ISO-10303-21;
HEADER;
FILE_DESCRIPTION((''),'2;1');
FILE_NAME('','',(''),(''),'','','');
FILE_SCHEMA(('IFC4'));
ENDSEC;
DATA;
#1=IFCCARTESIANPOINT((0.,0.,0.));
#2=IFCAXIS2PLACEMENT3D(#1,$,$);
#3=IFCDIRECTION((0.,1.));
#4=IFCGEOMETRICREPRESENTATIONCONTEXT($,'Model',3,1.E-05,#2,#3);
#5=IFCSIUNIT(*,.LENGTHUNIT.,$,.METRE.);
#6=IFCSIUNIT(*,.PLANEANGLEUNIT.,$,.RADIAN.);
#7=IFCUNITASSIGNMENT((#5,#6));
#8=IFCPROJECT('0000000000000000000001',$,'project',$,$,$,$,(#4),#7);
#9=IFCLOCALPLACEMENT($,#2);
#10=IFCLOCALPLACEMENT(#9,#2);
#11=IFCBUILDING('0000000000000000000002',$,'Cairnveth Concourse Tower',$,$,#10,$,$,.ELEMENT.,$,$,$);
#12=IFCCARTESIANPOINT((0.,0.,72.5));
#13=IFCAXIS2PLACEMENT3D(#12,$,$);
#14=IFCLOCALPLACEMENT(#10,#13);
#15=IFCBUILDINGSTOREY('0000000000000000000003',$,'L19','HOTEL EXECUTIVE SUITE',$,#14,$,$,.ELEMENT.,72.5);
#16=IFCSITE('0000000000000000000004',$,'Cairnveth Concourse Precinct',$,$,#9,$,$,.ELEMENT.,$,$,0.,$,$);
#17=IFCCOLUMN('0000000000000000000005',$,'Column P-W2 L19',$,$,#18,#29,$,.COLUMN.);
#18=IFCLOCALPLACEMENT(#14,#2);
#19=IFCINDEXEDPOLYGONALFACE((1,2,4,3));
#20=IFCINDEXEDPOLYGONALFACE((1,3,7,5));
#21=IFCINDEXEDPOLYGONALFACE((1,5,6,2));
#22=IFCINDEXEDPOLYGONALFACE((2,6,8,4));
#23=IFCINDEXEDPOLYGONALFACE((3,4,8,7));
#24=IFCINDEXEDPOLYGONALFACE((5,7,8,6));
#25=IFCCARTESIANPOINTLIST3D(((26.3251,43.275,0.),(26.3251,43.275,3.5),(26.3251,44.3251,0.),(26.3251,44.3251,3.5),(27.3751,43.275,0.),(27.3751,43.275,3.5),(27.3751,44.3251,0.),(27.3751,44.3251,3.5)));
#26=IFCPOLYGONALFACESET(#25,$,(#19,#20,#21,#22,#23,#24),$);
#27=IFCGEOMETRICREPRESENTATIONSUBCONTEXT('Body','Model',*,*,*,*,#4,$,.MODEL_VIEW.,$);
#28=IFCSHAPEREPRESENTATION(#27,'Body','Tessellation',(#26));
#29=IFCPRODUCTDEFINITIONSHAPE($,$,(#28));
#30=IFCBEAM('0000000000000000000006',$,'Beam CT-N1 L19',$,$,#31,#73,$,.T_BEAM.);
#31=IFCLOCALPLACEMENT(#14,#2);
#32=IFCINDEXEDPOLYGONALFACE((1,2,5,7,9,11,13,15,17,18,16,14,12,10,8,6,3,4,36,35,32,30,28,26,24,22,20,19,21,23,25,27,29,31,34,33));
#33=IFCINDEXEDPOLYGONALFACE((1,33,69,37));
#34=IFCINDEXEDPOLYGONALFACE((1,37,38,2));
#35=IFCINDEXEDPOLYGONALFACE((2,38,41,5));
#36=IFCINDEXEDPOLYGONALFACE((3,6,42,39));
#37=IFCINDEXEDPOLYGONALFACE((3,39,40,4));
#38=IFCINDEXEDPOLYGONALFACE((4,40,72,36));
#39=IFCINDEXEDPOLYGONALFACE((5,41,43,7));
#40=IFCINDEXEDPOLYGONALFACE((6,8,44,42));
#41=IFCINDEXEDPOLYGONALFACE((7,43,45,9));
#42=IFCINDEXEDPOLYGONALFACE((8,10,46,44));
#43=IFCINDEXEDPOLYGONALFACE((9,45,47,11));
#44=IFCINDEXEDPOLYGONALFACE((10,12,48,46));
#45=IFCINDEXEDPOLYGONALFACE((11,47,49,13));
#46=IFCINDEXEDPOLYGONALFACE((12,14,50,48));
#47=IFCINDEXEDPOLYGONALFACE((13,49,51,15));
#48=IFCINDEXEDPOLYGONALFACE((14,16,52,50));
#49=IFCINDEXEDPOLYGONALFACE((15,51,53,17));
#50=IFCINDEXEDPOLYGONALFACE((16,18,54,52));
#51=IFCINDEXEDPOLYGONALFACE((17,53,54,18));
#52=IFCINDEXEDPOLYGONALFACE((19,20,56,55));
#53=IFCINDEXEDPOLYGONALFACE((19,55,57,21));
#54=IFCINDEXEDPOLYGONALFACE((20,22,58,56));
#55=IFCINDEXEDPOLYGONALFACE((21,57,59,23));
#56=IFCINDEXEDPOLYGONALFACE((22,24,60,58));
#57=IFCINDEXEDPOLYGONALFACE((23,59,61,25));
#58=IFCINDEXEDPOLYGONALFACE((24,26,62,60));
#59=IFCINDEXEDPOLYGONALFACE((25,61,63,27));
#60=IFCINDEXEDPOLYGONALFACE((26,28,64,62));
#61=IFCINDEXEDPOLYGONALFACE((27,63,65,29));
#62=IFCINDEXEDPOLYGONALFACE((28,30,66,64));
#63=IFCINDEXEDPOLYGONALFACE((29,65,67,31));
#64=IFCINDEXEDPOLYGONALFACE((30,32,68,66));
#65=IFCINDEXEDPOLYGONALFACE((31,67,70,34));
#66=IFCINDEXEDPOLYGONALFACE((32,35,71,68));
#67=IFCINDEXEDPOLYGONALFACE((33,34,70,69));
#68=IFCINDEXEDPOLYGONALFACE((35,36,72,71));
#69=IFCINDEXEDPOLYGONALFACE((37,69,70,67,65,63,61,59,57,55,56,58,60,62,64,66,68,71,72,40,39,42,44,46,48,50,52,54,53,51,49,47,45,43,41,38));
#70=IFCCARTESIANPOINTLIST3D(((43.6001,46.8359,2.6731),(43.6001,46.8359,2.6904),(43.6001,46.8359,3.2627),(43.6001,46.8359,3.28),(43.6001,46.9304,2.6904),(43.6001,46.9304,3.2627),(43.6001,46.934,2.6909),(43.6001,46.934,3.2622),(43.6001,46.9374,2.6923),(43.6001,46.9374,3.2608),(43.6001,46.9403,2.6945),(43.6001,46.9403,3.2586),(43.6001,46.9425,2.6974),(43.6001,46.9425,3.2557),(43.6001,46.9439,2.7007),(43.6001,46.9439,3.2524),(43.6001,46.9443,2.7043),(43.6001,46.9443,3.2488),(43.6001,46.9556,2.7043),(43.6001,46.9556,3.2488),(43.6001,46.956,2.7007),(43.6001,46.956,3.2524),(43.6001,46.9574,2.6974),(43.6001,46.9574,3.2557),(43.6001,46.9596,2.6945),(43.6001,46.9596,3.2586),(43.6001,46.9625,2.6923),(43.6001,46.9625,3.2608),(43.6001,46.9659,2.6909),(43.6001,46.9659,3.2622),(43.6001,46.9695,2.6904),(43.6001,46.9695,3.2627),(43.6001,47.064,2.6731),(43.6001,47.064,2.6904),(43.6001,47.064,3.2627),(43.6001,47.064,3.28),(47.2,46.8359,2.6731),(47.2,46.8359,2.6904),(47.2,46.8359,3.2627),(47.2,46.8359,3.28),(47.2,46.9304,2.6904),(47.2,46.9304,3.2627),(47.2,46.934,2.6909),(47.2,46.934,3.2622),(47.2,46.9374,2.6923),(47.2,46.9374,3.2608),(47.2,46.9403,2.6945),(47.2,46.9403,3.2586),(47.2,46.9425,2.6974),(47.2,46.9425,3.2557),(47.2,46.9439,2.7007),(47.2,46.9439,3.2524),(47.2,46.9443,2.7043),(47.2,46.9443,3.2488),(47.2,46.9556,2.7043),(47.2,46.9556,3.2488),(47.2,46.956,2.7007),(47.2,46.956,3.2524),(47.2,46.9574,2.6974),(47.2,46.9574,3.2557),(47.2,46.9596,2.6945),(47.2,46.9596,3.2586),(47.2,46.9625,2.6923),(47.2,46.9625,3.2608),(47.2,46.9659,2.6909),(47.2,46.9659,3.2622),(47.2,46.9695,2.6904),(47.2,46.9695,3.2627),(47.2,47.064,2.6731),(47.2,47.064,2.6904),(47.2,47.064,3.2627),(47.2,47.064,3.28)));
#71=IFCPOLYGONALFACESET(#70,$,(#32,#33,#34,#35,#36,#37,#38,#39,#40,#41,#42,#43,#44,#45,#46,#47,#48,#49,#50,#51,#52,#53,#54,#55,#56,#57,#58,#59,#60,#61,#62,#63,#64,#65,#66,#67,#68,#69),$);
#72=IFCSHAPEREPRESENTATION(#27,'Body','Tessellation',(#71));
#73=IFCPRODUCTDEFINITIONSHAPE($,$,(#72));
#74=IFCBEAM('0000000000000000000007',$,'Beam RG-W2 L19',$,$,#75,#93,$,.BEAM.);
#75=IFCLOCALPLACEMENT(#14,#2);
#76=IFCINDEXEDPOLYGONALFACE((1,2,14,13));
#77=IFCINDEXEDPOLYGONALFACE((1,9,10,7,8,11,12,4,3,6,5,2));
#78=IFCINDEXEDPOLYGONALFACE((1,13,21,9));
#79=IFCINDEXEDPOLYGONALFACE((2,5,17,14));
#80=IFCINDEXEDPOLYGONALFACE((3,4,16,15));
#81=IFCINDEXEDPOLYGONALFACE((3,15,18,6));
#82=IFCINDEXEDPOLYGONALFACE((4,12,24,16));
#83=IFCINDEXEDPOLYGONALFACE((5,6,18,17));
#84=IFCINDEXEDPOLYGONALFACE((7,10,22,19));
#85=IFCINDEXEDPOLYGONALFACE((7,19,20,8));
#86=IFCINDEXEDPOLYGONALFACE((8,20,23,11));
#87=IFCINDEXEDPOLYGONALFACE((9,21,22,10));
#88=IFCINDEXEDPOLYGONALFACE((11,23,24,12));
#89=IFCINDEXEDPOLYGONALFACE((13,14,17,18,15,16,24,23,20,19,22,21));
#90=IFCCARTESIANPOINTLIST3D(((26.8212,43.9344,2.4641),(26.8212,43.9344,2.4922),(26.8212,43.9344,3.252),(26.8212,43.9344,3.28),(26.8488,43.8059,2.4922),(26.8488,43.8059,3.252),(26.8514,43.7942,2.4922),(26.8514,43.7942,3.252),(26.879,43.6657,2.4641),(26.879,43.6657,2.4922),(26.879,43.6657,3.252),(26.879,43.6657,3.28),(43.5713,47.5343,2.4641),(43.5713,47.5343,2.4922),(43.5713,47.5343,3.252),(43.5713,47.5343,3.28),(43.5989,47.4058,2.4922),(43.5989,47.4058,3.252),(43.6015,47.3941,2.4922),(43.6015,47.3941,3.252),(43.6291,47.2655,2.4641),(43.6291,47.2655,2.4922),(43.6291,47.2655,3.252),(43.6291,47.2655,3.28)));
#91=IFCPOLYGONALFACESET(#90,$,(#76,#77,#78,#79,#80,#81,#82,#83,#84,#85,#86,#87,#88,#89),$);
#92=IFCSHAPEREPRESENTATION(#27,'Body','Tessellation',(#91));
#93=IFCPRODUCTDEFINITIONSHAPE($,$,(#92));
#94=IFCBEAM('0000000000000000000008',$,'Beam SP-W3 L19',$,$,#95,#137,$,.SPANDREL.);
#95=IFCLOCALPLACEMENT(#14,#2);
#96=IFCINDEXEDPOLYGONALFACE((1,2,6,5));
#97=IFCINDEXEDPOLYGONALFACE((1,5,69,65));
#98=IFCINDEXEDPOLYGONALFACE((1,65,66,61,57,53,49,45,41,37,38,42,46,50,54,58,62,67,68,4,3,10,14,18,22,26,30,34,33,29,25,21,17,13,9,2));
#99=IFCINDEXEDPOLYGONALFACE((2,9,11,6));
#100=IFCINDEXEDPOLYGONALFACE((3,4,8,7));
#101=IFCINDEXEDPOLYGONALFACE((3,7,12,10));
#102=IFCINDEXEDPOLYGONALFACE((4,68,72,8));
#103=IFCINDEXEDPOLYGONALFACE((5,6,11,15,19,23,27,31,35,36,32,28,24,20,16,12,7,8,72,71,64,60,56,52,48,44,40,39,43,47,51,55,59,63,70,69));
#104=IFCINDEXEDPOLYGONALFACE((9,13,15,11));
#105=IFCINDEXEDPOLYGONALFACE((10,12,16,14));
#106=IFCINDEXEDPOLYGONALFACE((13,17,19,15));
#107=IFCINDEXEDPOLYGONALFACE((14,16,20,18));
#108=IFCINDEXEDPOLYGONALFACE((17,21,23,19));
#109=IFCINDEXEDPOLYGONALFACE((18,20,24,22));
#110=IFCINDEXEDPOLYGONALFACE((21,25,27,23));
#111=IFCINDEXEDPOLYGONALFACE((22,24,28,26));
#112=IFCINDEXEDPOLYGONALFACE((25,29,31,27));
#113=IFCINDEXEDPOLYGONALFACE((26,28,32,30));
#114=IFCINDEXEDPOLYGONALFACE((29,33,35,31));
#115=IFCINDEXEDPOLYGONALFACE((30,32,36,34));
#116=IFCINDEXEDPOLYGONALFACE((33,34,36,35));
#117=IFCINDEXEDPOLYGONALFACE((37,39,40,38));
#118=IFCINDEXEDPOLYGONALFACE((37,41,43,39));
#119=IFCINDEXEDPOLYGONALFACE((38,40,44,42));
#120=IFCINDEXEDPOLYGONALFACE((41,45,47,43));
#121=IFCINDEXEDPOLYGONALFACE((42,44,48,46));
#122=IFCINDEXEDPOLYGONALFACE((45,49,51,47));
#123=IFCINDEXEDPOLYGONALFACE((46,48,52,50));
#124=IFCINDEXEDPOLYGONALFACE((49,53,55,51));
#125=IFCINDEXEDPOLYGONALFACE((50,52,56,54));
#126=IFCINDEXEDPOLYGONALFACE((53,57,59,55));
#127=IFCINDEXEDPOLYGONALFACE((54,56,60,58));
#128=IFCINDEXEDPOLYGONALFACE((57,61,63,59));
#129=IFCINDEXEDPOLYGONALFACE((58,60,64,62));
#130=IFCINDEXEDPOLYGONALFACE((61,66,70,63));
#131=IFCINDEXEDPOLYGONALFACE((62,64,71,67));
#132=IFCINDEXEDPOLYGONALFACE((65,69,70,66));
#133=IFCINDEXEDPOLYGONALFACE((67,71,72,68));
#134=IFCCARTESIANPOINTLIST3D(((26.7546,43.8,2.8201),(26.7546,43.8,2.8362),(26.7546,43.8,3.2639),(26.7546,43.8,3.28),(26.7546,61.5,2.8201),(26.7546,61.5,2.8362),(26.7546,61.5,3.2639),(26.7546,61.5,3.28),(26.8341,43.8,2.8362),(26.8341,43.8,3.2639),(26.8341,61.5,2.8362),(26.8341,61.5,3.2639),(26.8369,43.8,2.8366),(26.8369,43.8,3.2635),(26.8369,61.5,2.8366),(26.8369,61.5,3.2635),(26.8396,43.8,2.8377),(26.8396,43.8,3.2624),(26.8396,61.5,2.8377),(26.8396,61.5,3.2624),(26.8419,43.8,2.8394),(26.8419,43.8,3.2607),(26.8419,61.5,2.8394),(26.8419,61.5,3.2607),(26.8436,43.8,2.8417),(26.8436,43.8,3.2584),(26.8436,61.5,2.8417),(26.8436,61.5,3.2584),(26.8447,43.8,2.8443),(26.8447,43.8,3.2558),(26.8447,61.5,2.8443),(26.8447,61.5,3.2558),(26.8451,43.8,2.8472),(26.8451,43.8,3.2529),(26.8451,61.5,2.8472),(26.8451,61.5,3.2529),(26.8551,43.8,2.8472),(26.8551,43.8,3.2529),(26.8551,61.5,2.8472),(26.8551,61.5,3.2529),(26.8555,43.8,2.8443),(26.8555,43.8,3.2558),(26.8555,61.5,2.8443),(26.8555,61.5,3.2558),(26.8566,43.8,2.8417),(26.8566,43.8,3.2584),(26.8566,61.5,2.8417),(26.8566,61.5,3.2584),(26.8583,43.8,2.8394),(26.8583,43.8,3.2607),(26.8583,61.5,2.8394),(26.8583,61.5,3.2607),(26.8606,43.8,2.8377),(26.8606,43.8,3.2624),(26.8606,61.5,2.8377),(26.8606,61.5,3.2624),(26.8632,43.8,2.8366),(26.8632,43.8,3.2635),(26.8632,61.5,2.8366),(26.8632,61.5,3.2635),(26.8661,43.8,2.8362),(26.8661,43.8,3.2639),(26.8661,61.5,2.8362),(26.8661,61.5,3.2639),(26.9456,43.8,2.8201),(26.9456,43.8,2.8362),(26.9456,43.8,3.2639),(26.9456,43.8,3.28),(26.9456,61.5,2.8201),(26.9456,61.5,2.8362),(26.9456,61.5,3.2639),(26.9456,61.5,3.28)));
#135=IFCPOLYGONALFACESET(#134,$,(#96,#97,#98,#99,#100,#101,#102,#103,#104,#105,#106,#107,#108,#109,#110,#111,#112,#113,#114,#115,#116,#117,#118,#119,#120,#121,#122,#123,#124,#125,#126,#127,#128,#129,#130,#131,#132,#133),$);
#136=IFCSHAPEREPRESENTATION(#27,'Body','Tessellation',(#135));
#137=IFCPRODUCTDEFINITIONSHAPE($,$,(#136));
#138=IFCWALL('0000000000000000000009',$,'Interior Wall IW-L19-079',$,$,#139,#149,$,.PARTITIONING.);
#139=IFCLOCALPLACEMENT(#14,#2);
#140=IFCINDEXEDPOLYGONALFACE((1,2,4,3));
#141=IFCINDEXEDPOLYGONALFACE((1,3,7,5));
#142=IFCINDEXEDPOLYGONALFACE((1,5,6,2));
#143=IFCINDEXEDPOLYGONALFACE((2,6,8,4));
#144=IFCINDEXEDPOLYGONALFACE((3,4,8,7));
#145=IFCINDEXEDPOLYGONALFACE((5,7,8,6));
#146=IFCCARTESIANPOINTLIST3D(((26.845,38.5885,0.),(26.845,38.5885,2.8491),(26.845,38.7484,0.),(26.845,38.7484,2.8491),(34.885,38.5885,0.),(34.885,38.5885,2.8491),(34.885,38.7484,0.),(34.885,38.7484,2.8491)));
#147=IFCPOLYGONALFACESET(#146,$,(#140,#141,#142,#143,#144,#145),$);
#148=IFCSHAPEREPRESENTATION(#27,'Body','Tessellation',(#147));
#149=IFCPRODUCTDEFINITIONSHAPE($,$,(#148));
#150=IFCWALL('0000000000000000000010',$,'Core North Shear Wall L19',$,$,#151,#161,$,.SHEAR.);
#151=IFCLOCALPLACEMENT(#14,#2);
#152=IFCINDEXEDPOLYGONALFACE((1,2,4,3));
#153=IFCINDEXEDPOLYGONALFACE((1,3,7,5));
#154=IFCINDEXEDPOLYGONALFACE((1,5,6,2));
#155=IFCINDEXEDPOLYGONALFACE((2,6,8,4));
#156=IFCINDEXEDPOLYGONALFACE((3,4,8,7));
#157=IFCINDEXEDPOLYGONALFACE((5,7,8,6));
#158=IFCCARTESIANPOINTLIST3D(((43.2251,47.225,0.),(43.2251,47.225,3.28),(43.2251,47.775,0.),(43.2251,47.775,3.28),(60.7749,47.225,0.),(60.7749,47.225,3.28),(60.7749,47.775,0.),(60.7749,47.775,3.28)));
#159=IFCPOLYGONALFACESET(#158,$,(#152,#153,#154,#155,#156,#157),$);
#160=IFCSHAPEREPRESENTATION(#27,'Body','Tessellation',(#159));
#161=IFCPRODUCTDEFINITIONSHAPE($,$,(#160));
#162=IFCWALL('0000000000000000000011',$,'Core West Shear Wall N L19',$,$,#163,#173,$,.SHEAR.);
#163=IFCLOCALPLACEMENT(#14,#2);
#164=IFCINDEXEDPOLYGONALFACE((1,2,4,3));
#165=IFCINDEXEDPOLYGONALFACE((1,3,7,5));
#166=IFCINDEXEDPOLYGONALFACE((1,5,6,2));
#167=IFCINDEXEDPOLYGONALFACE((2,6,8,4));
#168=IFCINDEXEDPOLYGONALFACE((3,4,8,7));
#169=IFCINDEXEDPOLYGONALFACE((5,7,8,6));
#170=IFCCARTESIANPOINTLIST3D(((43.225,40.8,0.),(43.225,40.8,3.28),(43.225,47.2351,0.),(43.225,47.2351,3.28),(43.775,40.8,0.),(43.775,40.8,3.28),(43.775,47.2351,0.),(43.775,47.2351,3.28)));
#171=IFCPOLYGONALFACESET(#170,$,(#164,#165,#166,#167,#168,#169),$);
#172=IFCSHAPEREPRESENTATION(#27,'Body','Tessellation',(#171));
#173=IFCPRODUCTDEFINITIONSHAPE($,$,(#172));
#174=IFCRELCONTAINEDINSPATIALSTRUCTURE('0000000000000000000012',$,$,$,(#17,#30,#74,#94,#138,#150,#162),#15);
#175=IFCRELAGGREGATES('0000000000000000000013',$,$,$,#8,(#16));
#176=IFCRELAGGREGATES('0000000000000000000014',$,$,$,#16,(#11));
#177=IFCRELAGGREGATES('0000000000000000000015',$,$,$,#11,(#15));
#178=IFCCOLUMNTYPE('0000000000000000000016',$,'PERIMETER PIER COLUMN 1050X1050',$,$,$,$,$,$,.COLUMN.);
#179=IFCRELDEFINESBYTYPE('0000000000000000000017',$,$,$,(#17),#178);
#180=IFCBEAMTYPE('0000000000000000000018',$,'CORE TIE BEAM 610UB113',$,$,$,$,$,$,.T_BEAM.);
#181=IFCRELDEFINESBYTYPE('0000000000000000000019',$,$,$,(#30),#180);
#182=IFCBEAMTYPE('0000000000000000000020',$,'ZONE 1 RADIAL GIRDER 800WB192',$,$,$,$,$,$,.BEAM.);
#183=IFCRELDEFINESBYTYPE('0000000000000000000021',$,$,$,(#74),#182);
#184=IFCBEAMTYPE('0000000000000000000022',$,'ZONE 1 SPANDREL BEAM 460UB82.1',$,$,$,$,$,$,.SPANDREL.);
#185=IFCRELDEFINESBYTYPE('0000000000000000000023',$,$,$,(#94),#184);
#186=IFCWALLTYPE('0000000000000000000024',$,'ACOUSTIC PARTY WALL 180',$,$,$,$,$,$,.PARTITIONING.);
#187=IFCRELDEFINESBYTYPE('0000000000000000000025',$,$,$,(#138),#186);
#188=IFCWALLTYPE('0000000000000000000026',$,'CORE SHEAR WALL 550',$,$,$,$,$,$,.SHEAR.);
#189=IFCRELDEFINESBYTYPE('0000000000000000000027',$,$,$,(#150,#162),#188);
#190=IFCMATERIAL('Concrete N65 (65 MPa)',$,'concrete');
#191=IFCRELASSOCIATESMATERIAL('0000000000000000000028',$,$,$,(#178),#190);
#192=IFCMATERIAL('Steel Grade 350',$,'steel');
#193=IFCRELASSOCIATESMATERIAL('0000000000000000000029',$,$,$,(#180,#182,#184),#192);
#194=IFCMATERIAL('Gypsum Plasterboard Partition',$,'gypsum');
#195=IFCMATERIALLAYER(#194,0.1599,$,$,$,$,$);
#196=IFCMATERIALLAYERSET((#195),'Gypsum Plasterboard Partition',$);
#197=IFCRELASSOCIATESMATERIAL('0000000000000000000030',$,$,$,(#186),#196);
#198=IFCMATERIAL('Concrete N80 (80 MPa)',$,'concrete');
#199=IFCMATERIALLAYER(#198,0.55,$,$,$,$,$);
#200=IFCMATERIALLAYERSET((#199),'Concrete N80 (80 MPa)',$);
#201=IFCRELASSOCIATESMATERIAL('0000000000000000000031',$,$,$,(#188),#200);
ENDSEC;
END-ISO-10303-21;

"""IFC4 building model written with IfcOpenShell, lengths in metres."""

from ifc_helpers import new_model, si_unit, direction, frame, frame_2d, origin, origin_2d, place, context, subcontext, project, spatial, rectangle, i_section, extrude, material, layer, layer_set, material_profile, profile_set, type_object, element, save


model = new_model("IFC4")

# Units and contexts
model_context = context("Model", 3, precision=1e-05, world=origin(), true_north=direction((0.0, 1.0)))
body_context = subcontext(model_context, "Body", "Model", "MODEL_VIEW")
ifc_project = project(units=[si_unit("LENGTHUNIT", "METRE"), si_unit("PLANEANGLEUNIT", "RADIAN")], contexts=[model_context])

# Site, building, storey
site_placement = place(None, origin())
site = spatial("IfcSite", under=ifc_project, at=site_placement, Name="Cairnveth Concourse Precinct", CompositionType="ELEMENT", RefElevation=0.0)
building_placement = place(site_placement, origin())
building = spatial("IfcBuilding", under=site, at=building_placement, Name="Cairnveth Concourse Tower", CompositionType="ELEMENT")
storey_placement = place(building_placement, frame((0.0, 0.0, 72.5)))
storey = spatial("IfcBuildingStorey", under=building, at=storey_placement, Name="L19", Description="HOTEL EXECUTIVE SUITE", CompositionType="ELEMENT", Elevation=72.5)

# Column
ifc_material_1 = material(Name="Concrete N65 (65 MPa)", Category="concrete")
ifc_material_profile_1 = material_profile(ifc_material_1, rectangle(XDim=1.05, YDim=1.05, at=origin_2d()), Name="RC-COL-1050x1050")
ifc_profile_set_1 = profile_set([ifc_material_profile_1], Name="Concrete N65 (65 MPa)")
column_type = type_object("IfcColumnType", Name="PERIMETER PIER COLUMN 1050X1050", PredefinedType="COLUMN", material=ifc_profile_set_1)
column_placement = place(storey_placement, frame((26.8501, 43.8, 0.0), z_axis=(0.0, 0.0, 1.0), x_axis=(0.0, 1.0, 0.0)))
element("IfcColumn", 1, at=column_placement, inside=storey, type_object=column_type, Name="Column P-W2 L19", PredefinedType="COLUMN", context=body_context, shape_type="SweptSolid", body=[
    extrude(rectangle(XDim=1.05, YDim=1.05, at=origin_2d()), origin(), (0.0, 0.0, 1.0), 3.5),
])

# Beams
ifc_material_2 = material(Name="Steel Grade 350", Category="steel")
ifc_material_profile_2 = material_profile(ifc_material_2, i_section(OverallWidth=0.228, OverallDepth=0.6069, WebThickness=0.0112, FlangeThickness=0.0173, FilletRadius=0.0139, at=origin_2d()), Name="610UB113")
ifc_profile_set_2 = profile_set([ifc_material_profile_2], Name="Steel Grade 350")
beam_type_1 = type_object("IfcBeamType", Name="CORE TIE BEAM 610UB113", PredefinedType="T_BEAM", material=ifc_profile_set_2)
beam_1_placement = place(storey_placement, frame((43.6001, 46.95, 2.9766), z_axis=(1.0, 0.0, 0.0), x_axis=(0.0, 1.0, 0.0)))
element("IfcBeam", 2, at=beam_1_placement, inside=storey, type_object=beam_type_1, Name="Beam CT-N1 L19", PredefinedType="T_BEAM", context=body_context, shape_type="SweptSolid", body=[
    extrude(i_section(OverallWidth=0.228, OverallDepth=0.6069, WebThickness=0.0112, FlangeThickness=0.0173, FilletRadius=0.0139, at=origin_2d()), origin(), (0.0, 0.0, 1.0), 3.5999),
])
ifc_material_profile_3 = material_profile(ifc_material_2, i_section(OverallWidth=0.2749, OverallDepth=0.8159, WebThickness=0.012, FlangeThickness=0.0281, at=origin_2d()), Name="800WB192")
ifc_profile_set_3 = profile_set([ifc_material_profile_3], Name="Steel Grade 350")
beam_type_2 = type_object("IfcBeamType", Name="ZONE 1 RADIAL GIRDER 800WB192", PredefinedType="BEAM", material=ifc_profile_set_3)
beam_2_placement = place(storey_placement, frame((26.8501, 43.8, 2.8721), z_axis=(0.977676, 0.210119, 0.0), x_axis=(-0.210119, 0.977676, 0.0)))
element("IfcBeam", 3, at=beam_2_placement, inside=storey, type_object=beam_type_2, Name="Beam RG-W2 L19", PredefinedType="BEAM", context=body_context, shape_type="SweptSolid", body=[
    extrude(i_section(OverallWidth=0.2749, OverallDepth=0.8159, WebThickness=0.012, FlangeThickness=0.0281, at=origin_2d()), origin(), (0.0, 0.0, 1.0), 17.1326),
])
ifc_material_profile_4 = material_profile(ifc_material_2, i_section(OverallWidth=0.1909, OverallDepth=0.46, WebThickness=0.01, FlangeThickness=0.0161, FilletRadius=0.011, at=origin_2d()), Name="460UB82.1")
ifc_profile_set_4 = profile_set([ifc_material_profile_4], Name="Steel Grade 350")
beam_type_3 = type_object("IfcBeamType", Name="ZONE 1 SPANDREL BEAM 460UB82.1", PredefinedType="SPANDREL", material=ifc_profile_set_4)
beam_3_placement = place(storey_placement, frame((26.8501, 43.8, 3.05), z_axis=(0.0, 1.0, 0.0), x_axis=(-1.0, 0.0, 0.0)))
element("IfcBeam", 4, at=beam_3_placement, inside=storey, type_object=beam_type_3, Name="Beam SP-W3 L19", PredefinedType="SPANDREL", context=body_context, shape_type="SweptSolid", body=[
    extrude(i_section(OverallWidth=0.1909, OverallDepth=0.46, WebThickness=0.01, FlangeThickness=0.0161, FilletRadius=0.011, at=origin_2d()), origin(), (0.0, 0.0, 1.0), 17.7),
])

# Walls
ifc_material_3 = material(Name="Gypsum Plasterboard Partition", Category="gypsum")
ifc_layer_1 = layer(ifc_material_3, 0.1599)
ifc_layer_set_1 = layer_set([ifc_layer_1], Name="Gypsum Plasterboard Partition")
wall_type_1 = type_object("IfcWallType", Name="ACOUSTIC PARTY WALL 180", PredefinedType="PARTITIONING", material=ifc_layer_set_1)
wall_1_placement = place(storey_placement, frame((26.845, 38.6685, 0.0), z_axis=(0.0, 0.0, 1.0), x_axis=(1.0, 0.0, 0.0)))
element("IfcWall", 5, at=wall_1_placement, inside=storey, type_object=wall_type_1, Name="Interior Wall IW-L19-079", PredefinedType="PARTITIONING", context=body_context, shape_type="SweptSolid", body=[
    extrude(rectangle(XDim=8.04, YDim=0.1599, at=frame_2d((4.02, 0.0))), origin(), (0.0, 0.0, 1.0), 2.8491),
])
ifc_material_4 = material(Name="Concrete N80 (80 MPa)", Category="concrete")
ifc_layer_2 = layer(ifc_material_4, 0.55)
ifc_layer_set_2 = layer_set([ifc_layer_2], Name="Concrete N80 (80 MPa)")
wall_type_2 = type_object("IfcWallType", Name="CORE SHEAR WALL 550", PredefinedType="SHEAR", material=ifc_layer_set_2)
wall_2_placement = place(storey_placement, frame((43.2251, 47.5, 0.0), z_axis=(0.0, 0.0, 1.0), x_axis=(1.0, 0.0, 0.0)))
element("IfcWall", 6, at=wall_2_placement, inside=storey, type_object=wall_type_2, Name="Core North Shear Wall L19", PredefinedType="SHEAR", context=body_context, shape_type="SweptSolid", body=[
    extrude(rectangle(XDim=17.5498, YDim=0.55, at=frame_2d((8.7749, 0.0))), origin(), (0.0, 0.0, 1.0), 3.28),
])
wall_3_placement = place(storey_placement, frame((43.5, 40.8, 0.0), z_axis=(0.0, 0.0, 1.0), x_axis=(0.0, 1.0, 0.0)))
element("IfcWall", 7, at=wall_3_placement, inside=storey, type_object=wall_type_2, Name="Core West Shear Wall N L19", PredefinedType="SHEAR", context=body_context, shape_type="SweptSolid", body=[
    extrude(rectangle(XDim=6.4351, YDim=0.55, at=frame_2d((3.2175, 0.0))), origin(), (0.0, 0.0, 1.0), 3.28),
])

save(model, "model.ifc")
